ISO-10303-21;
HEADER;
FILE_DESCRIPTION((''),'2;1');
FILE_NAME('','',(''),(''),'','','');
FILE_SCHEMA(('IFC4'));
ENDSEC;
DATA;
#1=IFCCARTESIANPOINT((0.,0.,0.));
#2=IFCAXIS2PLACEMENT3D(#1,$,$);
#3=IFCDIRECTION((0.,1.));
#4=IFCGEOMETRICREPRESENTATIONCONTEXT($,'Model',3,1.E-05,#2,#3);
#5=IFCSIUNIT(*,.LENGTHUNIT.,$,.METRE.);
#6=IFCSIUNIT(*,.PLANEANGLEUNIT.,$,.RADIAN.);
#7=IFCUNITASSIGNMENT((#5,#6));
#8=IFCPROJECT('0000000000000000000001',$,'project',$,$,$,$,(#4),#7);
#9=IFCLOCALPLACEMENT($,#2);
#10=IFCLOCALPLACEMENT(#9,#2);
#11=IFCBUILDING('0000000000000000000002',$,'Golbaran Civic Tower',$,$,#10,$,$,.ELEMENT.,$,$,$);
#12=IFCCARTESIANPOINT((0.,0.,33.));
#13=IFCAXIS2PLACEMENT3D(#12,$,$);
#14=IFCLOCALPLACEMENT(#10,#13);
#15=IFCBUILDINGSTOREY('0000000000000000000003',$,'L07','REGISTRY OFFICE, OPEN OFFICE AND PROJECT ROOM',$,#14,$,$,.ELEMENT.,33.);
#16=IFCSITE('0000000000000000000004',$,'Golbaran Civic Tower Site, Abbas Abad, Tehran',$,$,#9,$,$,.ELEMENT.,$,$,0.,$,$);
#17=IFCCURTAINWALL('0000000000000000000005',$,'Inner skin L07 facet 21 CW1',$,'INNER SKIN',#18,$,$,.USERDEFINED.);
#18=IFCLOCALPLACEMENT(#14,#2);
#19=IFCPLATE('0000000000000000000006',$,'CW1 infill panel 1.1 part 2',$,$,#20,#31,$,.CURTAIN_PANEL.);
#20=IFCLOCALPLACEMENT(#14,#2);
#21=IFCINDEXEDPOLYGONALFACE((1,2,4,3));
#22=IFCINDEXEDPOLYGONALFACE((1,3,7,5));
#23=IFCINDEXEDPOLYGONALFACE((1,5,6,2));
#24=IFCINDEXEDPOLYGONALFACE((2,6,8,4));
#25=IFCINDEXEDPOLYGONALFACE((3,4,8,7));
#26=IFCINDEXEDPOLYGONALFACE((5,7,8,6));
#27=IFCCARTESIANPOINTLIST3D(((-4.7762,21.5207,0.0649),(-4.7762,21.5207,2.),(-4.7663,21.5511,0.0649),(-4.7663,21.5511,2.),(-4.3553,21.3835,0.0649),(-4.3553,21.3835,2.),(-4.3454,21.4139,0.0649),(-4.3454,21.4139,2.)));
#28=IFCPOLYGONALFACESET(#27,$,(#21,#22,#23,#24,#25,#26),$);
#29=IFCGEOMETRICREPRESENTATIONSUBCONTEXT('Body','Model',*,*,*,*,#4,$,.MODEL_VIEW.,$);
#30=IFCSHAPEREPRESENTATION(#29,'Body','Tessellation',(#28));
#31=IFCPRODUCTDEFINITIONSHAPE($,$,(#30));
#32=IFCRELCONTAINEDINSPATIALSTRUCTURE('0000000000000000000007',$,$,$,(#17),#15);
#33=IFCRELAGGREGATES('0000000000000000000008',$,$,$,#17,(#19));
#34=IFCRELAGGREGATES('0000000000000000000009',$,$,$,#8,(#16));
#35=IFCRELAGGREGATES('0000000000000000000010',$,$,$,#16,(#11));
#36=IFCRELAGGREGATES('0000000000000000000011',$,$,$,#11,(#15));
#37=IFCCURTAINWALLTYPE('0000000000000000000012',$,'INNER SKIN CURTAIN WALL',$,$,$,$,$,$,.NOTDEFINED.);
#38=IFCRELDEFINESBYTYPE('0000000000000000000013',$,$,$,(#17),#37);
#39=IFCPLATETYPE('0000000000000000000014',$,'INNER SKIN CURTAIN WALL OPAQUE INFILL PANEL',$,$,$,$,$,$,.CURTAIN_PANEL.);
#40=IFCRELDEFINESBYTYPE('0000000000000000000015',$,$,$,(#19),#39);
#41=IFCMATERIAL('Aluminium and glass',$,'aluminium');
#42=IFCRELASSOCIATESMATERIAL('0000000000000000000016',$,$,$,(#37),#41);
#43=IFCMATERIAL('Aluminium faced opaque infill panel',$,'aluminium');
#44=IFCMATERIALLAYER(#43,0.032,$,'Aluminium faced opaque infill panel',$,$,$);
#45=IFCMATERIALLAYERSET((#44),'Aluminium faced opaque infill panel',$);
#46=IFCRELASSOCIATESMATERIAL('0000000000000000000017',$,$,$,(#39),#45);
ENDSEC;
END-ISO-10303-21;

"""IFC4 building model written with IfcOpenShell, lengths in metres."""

from ifc_helpers import new_model, si_unit, direction, frame, origin, origin_2d, place, context, subcontext, project, spatial, rectangle, extrude, material, layer, layer_set, type_object, element, aggregate, save


model = new_model("IFC4")

# Units and contexts
model_context = context("Model", 3, precision=1e-05, world=origin(), true_north=direction((0.0, 1.0)))
body_context = subcontext(model_context, "Body", "Model", "MODEL_VIEW")
ifc_project = project(units=[si_unit("LENGTHUNIT", "METRE"), si_unit("PLANEANGLEUNIT", "RADIAN")], contexts=[model_context])

# Site, building, storey
site_placement = place(None, origin())
site = spatial("IfcSite", under=ifc_project, at=site_placement, Name="Golbaran Civic Tower Site, Abbas Abad, Tehran", CompositionType="ELEMENT", RefElevation=0.0)
building_placement = place(site_placement, origin())
building = spatial("IfcBuilding", under=site, at=building_placement, Name="Golbaran Civic Tower", CompositionType="ELEMENT")
storey_placement = place(building_placement, frame((0.0, 0.0, 33.0)))
storey = spatial("IfcBuildingStorey", under=building, at=storey_placement, Name="L07", Description="REGISTRY OFFICE, OPEN OFFICE AND PROJECT ROOM", CompositionType="ELEMENT", Elevation=33.0)

# Shared definitions
ifc_material_1 = material(Name="Aluminium and glass", Category="aluminium")
curtain_wall_type = type_object("IfcCurtainWallType", Name="INNER SKIN CURTAIN WALL", PredefinedType="NOTDEFINED", material=ifc_material_1)

# Curtain wall
curtain_wall_1_placement = place(storey_placement, origin())
curtain_wall_1 = element("IfcCurtainWall", 1, at=curtain_wall_1_placement, inside=storey, type_object=curtain_wall_type, Name="Inner skin L07 facet 21 CW1", ObjectType="INNER SKIN", PredefinedType="USERDEFINED")

# Plate
ifc_material_2 = material(Name="Aluminium faced opaque infill panel", Category="aluminium")
ifc_layer_1 = layer(ifc_material_2, 0.032, Name="Aluminium faced opaque infill panel")
ifc_layer_set_1 = layer_set([ifc_layer_1], Name="Aluminium faced opaque infill panel")
plate_type_1 = type_object("IfcPlateType", Name="INNER SKIN CURTAIN WALL OPAQUE INFILL PANEL", PredefinedType="CURTAIN_PANEL", material=ifc_layer_set_1)
plate_1_placement = place(storey_placement, frame((-4.5608, 21.4673, 0.0649), z_axis=(0.0, 0.0, 1.0), x_axis=(-0.950761, 0.309925, 0.0)))
plate_1 = element("IfcPlate", 2, at=plate_1_placement, type_object=plate_type_1, Name="CW1 infill panel 1.1 part 2", PredefinedType="CURTAIN_PANEL", context=body_context, shape_type="SweptSolid", body=[
    extrude(rectangle(XDim=0.4426, YDim=0.032, at=origin_2d()), origin(), (0.0, 0.0, 1.0), 1.9351),
])
aggregate(curtain_wall_1, [plate_1])

save(model, "model.ifc")
